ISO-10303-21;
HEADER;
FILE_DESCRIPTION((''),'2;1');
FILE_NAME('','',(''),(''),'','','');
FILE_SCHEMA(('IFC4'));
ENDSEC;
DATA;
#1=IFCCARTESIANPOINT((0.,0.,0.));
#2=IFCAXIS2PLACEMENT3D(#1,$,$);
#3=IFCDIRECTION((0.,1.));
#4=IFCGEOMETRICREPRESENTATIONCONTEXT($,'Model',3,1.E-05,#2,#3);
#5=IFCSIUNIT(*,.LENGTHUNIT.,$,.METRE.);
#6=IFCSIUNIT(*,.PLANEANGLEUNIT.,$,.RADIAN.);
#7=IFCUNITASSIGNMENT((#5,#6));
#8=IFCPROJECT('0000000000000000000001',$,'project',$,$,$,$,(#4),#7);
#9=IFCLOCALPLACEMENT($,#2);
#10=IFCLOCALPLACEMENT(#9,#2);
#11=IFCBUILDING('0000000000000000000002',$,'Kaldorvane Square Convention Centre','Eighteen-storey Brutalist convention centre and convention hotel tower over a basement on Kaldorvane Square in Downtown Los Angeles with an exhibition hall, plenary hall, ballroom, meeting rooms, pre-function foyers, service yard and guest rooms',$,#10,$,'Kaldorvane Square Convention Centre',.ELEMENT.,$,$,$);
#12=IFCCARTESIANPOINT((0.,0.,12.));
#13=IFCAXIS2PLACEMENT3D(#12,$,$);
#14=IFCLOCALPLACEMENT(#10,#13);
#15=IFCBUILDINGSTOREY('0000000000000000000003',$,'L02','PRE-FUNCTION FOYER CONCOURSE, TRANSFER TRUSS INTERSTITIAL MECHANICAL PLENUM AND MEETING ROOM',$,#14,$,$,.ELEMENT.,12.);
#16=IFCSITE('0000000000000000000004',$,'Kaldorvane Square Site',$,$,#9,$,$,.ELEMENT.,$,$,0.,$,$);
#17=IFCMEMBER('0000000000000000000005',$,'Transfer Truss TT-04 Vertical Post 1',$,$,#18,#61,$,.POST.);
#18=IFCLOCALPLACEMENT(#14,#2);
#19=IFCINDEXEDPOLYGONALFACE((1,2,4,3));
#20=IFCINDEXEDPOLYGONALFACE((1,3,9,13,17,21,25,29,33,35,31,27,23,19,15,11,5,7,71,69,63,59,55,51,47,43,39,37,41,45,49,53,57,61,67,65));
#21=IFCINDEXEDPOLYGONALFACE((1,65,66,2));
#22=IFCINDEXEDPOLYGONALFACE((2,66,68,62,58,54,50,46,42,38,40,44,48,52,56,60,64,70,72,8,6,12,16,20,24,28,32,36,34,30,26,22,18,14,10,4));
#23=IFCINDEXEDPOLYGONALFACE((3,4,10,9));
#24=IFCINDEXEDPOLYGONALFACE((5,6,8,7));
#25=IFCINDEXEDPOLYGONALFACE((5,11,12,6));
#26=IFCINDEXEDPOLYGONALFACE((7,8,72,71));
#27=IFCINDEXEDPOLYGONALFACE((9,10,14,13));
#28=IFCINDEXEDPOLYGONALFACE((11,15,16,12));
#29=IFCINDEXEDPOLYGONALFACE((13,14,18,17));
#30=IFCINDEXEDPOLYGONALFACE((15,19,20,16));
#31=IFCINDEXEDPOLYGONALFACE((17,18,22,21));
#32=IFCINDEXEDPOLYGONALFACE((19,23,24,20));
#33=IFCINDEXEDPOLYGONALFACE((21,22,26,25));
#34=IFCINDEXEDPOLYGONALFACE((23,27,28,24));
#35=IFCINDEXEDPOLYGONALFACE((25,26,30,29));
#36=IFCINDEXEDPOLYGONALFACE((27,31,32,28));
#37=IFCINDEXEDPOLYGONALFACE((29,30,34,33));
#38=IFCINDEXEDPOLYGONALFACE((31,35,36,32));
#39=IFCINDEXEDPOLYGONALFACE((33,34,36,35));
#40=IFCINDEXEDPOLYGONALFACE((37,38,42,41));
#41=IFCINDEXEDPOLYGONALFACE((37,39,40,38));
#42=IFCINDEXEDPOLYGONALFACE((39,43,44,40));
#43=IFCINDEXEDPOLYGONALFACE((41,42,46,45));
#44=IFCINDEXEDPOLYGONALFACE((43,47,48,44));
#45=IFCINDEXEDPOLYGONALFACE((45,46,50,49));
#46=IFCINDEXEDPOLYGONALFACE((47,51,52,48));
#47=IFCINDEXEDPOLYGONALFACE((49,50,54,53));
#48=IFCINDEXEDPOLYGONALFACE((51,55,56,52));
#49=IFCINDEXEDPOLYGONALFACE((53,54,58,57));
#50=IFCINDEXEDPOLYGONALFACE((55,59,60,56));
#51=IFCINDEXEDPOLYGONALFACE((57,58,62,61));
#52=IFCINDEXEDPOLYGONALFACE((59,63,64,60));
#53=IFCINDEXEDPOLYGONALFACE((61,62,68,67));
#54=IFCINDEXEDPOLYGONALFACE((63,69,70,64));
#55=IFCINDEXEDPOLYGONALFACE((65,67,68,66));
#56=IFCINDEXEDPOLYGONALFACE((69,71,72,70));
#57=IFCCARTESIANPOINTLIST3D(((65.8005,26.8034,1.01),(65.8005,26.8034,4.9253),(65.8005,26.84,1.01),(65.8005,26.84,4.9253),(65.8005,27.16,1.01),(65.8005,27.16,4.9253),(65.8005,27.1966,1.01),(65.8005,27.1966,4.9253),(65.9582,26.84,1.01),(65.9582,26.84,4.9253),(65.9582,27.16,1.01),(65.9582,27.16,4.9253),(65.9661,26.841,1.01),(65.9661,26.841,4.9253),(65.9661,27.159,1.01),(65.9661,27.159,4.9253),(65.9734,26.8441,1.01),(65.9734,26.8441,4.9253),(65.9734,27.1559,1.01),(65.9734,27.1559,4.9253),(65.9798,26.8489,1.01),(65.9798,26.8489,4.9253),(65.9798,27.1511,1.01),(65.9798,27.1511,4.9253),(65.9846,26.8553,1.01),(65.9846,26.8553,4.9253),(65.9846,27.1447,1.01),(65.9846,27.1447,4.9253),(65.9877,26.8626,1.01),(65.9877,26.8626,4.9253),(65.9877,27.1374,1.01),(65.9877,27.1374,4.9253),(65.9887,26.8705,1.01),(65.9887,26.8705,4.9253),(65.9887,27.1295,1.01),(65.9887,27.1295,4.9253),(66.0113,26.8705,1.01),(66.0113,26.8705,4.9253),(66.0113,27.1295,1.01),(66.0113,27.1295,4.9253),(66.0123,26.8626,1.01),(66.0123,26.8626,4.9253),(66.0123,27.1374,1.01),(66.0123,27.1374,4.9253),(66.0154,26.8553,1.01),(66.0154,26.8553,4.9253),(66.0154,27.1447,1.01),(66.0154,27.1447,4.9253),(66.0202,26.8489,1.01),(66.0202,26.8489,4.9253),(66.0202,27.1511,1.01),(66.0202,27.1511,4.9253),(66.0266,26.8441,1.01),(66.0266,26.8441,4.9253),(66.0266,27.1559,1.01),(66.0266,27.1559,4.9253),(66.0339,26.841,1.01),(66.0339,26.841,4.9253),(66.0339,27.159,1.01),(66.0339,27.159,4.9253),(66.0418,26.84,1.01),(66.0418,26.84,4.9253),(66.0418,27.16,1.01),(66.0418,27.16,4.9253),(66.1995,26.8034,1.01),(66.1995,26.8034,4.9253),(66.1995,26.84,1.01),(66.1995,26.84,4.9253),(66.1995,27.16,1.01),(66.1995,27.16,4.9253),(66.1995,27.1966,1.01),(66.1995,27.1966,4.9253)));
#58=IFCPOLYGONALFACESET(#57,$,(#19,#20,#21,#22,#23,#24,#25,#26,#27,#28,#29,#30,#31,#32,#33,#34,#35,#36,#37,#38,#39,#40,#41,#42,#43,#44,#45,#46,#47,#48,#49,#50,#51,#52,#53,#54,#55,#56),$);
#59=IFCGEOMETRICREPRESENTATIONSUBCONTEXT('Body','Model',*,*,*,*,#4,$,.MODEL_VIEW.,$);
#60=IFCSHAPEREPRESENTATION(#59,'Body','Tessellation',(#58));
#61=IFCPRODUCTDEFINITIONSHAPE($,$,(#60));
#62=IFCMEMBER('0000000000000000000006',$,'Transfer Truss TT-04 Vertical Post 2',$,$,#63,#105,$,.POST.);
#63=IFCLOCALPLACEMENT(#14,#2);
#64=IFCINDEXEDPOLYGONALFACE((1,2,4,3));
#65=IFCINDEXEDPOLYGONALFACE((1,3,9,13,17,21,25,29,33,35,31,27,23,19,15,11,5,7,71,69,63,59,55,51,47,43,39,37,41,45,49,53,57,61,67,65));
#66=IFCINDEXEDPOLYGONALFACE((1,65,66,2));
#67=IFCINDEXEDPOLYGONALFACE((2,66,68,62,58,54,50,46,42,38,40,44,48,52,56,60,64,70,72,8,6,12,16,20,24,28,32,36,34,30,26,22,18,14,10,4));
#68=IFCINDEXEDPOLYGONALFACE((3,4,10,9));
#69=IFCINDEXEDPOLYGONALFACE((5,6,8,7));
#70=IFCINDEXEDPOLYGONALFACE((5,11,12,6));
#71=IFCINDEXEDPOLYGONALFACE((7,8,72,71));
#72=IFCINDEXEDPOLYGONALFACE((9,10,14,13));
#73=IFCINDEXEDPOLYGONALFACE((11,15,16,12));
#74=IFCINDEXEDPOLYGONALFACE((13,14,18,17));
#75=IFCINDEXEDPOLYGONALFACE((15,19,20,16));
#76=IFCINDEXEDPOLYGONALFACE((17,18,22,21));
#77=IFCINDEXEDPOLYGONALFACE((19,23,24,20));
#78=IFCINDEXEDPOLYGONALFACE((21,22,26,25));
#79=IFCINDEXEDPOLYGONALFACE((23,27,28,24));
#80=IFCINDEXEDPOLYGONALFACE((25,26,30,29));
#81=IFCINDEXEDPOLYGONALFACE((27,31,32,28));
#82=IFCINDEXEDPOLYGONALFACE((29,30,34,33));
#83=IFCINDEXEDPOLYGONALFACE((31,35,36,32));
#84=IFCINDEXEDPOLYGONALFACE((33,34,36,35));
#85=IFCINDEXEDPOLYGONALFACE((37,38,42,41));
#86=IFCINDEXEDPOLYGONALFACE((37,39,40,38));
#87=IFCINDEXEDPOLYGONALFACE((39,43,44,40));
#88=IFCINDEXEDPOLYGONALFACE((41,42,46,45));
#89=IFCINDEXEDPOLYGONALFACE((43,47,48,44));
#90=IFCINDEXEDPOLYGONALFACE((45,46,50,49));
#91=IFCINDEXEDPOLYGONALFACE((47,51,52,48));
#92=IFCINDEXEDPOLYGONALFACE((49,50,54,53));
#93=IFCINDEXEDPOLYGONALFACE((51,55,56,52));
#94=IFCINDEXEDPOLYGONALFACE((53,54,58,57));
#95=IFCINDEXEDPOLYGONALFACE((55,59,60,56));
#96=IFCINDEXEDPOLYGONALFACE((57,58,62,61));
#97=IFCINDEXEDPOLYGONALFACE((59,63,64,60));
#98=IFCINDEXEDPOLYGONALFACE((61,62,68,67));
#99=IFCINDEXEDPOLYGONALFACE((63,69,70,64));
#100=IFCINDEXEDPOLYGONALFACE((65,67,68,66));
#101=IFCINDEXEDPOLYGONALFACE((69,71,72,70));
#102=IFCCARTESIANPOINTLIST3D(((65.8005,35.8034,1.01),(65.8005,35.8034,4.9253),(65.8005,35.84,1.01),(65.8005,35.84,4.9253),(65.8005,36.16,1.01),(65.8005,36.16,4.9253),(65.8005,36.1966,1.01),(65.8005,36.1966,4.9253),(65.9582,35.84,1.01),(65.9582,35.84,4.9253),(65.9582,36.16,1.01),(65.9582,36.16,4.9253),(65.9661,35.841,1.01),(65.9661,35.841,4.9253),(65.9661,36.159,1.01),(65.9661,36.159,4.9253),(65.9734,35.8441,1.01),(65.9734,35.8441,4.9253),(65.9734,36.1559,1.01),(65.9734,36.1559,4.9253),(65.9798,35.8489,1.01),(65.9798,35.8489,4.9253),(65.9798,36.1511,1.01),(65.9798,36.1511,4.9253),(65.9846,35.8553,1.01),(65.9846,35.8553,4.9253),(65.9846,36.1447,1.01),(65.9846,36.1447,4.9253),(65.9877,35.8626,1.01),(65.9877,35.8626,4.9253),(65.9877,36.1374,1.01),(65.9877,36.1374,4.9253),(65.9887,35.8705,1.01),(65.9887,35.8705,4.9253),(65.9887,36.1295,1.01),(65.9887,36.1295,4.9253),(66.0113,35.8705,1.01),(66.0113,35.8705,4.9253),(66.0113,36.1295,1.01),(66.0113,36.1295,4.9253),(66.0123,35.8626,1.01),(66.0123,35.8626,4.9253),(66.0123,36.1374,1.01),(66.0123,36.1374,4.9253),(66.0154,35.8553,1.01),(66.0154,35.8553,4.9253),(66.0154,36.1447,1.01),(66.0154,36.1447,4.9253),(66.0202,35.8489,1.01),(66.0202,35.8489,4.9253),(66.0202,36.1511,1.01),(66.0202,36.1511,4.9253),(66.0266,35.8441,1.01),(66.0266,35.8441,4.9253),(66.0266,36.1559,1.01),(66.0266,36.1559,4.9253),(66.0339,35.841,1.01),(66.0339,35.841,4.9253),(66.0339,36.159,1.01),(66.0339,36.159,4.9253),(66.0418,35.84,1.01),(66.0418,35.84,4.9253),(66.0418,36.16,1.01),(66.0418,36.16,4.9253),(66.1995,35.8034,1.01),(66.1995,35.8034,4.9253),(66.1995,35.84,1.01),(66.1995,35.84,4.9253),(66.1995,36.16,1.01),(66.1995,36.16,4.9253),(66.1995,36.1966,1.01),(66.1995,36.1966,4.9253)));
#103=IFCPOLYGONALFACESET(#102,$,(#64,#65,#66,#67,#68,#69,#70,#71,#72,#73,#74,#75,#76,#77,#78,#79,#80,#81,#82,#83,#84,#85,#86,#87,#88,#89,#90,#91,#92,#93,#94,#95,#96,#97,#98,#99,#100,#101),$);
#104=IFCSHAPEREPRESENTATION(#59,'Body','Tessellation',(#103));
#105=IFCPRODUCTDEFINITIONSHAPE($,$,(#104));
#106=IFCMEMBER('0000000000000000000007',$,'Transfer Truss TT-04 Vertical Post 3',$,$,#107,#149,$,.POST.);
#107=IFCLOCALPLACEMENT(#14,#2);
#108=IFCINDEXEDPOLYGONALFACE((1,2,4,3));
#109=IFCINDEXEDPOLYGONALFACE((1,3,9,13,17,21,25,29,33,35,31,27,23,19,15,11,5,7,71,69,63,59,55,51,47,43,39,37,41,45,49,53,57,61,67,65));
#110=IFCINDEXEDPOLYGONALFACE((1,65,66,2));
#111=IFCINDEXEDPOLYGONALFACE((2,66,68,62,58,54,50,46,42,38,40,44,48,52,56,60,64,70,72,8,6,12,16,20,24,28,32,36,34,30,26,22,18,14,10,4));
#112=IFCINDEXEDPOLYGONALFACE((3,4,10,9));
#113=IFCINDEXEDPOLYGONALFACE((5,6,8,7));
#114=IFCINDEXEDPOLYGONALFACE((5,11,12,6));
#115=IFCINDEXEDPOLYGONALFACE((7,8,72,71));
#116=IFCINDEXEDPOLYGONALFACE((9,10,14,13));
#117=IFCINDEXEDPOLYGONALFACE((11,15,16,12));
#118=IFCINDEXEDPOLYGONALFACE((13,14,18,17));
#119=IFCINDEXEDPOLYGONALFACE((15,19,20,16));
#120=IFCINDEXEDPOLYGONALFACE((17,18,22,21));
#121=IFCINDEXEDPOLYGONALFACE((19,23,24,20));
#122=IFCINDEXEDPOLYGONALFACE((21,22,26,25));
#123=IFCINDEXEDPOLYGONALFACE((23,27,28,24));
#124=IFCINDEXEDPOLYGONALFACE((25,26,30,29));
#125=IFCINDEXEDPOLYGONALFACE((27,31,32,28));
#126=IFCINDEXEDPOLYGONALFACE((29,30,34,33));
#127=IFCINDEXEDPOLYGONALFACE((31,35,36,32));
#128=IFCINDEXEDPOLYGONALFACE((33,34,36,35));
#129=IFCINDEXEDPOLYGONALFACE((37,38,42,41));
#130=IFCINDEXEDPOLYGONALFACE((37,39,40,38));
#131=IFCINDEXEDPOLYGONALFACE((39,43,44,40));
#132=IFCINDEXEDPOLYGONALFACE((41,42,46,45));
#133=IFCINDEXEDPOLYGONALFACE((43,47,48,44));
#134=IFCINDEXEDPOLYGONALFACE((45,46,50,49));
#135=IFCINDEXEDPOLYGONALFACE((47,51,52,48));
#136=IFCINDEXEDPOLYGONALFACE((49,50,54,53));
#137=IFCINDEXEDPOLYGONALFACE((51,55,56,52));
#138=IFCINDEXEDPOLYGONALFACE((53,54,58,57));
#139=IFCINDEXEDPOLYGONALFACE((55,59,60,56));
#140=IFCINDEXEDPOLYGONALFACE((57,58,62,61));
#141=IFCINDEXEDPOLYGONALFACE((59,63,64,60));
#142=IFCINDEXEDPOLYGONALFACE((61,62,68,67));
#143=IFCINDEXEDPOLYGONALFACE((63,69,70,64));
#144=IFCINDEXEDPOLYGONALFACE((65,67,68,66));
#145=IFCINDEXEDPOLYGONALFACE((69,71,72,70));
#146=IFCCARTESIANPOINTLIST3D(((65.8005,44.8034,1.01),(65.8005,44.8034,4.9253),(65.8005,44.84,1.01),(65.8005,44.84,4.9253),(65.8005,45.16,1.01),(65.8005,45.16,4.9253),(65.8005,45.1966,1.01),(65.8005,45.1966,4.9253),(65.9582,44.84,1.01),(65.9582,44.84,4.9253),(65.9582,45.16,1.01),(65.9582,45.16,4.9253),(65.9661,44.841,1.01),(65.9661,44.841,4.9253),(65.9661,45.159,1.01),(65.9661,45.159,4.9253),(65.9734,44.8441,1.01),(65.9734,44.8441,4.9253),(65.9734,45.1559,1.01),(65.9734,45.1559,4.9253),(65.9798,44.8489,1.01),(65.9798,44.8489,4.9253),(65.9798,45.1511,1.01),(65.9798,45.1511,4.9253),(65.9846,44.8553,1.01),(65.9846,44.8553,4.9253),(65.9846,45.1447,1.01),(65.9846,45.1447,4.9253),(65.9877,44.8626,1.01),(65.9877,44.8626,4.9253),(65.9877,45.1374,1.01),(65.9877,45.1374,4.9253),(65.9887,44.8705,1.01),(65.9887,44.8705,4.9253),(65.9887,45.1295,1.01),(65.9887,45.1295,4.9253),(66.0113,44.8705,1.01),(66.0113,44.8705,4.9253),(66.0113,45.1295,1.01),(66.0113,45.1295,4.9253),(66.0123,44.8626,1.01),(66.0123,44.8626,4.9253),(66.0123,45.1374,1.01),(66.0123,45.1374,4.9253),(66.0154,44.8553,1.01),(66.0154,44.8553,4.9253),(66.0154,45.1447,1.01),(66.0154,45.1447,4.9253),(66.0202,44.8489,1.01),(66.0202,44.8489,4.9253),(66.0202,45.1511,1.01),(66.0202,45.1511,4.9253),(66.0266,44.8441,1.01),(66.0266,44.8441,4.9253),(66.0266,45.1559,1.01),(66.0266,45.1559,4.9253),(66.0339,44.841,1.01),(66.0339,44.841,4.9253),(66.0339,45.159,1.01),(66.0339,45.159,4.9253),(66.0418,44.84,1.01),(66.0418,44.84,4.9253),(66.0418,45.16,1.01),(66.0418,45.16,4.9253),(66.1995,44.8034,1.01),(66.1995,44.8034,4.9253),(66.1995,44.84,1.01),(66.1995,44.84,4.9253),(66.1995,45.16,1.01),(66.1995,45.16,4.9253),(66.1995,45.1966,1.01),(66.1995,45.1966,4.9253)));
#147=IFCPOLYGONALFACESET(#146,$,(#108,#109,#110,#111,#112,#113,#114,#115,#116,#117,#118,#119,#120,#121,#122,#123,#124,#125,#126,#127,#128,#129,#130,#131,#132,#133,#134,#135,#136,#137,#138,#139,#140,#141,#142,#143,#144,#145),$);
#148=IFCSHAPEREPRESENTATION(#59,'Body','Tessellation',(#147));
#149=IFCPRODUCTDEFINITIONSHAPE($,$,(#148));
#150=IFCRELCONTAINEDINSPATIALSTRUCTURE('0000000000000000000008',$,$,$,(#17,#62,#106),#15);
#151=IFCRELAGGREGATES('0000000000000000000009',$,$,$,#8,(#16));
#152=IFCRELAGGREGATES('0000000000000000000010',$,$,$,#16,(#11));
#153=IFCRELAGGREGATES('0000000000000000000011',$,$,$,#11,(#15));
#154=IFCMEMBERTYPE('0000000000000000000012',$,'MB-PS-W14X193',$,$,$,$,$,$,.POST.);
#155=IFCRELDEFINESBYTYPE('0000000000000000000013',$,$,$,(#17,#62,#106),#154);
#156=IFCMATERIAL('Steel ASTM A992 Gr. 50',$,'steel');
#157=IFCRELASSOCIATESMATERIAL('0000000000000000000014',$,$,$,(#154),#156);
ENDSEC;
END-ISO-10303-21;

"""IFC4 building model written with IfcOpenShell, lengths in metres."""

from ifc_helpers import new_model, si_unit, direction, frame, origin, origin_2d, place, context, subcontext, project, spatial, i_section, extrude, material, material_profile, profile_set, type_object, element, save


model = new_model("IFC4")

# Units and contexts
model_context = context("Model", 3, precision=1e-05, world=origin(), true_north=direction((0.0, 1.0)))
body_context = subcontext(model_context, "Body", "Model", "MODEL_VIEW")
ifc_project = project(units=[si_unit("LENGTHUNIT", "METRE"), si_unit("PLANEANGLEUNIT", "RADIAN")], contexts=[model_context])

# Site, building, storey
site_placement = place(None, origin())
site = spatial("IfcSite", under=ifc_project, at=site_placement, Name="Kaldorvane Square Site", CompositionType="ELEMENT", RefElevation=0.0)
building_placement = place(site_placement, origin())
building = spatial("IfcBuilding", under=site, at=building_placement, Name="Kaldorvane Square Convention Centre", Description="Eighteen-storey Brutalist convention centre and convention hotel tower over a basement on Kaldorvane Square in Downtown Los Angeles with an exhibition hall, plenary hall, ballroom, meeting rooms, pre-function foyers, service yard and guest rooms", LongName="Kaldorvane Square Convention Centre", CompositionType="ELEMENT")
storey_placement = place(building_placement, frame((0.0, 0.0, 12.0)))
storey = spatial("IfcBuildingStorey", under=building, at=storey_placement, Name="L02", Description="PRE-FUNCTION FOYER CONCOURSE, TRANSFER TRUSS INTERSTITIAL MECHANICAL PLENUM AND MEETING ROOM", CompositionType="ELEMENT", Elevation=12.0)

# Shared definitions
ifc_material_1 = material(Name="Steel ASTM A992 Gr. 50", Category="steel")

# Members
ifc_material_profile_1 = material_profile(ifc_material_1, i_section(OverallWidth=0.399, OverallDepth=0.3932, WebThickness=0.0226, FlangeThickness=0.0366, FilletRadius=0.0305, at=origin_2d()), Name="W14X193")
ifc_profile_set_1 = profile_set([ifc_material_profile_1], Name="Steel ASTM A992 Gr. 50")
member_type_1 = type_object("IfcMemberType", Name="MB-PS-W14X193", PredefinedType="POST", material=ifc_profile_set_1)
for number, where, z_axis, x_axis, name in (
    (1, (66.0, 27.0, 1.01), (0.0, 0.0, 1.0), (1.0, 0.0, 0.0), "Transfer Truss TT-04 Vertical Post 1"),
    (2, (66.0, 36.0, 1.01), (0.0, 0.0, 1.0), (1.0, 0.0, 0.0), "Transfer Truss TT-04 Vertical Post 2"),
    (3, (66.0, 45.0, 1.01), (0.0, 0.0, 1.0), (1.0, 0.0, 0.0), "Transfer Truss TT-04 Vertical Post 3"),
):
    element("IfcMember", number, at=place(storey_placement, frame(where, z_axis=z_axis, x_axis=x_axis)), inside=storey, type_object=member_type_1, Name=name, PredefinedType="POST", context=body_context, shape_type="SweptSolid", body=[
        extrude(i_section(OverallWidth=0.399, OverallDepth=0.3932, WebThickness=0.0226, FlangeThickness=0.0366, FilletRadius=0.0305, at=origin_2d()), origin(), (0.0, 0.0, 1.0), 3.9153),
    ])

save(model, "model.ifc")
